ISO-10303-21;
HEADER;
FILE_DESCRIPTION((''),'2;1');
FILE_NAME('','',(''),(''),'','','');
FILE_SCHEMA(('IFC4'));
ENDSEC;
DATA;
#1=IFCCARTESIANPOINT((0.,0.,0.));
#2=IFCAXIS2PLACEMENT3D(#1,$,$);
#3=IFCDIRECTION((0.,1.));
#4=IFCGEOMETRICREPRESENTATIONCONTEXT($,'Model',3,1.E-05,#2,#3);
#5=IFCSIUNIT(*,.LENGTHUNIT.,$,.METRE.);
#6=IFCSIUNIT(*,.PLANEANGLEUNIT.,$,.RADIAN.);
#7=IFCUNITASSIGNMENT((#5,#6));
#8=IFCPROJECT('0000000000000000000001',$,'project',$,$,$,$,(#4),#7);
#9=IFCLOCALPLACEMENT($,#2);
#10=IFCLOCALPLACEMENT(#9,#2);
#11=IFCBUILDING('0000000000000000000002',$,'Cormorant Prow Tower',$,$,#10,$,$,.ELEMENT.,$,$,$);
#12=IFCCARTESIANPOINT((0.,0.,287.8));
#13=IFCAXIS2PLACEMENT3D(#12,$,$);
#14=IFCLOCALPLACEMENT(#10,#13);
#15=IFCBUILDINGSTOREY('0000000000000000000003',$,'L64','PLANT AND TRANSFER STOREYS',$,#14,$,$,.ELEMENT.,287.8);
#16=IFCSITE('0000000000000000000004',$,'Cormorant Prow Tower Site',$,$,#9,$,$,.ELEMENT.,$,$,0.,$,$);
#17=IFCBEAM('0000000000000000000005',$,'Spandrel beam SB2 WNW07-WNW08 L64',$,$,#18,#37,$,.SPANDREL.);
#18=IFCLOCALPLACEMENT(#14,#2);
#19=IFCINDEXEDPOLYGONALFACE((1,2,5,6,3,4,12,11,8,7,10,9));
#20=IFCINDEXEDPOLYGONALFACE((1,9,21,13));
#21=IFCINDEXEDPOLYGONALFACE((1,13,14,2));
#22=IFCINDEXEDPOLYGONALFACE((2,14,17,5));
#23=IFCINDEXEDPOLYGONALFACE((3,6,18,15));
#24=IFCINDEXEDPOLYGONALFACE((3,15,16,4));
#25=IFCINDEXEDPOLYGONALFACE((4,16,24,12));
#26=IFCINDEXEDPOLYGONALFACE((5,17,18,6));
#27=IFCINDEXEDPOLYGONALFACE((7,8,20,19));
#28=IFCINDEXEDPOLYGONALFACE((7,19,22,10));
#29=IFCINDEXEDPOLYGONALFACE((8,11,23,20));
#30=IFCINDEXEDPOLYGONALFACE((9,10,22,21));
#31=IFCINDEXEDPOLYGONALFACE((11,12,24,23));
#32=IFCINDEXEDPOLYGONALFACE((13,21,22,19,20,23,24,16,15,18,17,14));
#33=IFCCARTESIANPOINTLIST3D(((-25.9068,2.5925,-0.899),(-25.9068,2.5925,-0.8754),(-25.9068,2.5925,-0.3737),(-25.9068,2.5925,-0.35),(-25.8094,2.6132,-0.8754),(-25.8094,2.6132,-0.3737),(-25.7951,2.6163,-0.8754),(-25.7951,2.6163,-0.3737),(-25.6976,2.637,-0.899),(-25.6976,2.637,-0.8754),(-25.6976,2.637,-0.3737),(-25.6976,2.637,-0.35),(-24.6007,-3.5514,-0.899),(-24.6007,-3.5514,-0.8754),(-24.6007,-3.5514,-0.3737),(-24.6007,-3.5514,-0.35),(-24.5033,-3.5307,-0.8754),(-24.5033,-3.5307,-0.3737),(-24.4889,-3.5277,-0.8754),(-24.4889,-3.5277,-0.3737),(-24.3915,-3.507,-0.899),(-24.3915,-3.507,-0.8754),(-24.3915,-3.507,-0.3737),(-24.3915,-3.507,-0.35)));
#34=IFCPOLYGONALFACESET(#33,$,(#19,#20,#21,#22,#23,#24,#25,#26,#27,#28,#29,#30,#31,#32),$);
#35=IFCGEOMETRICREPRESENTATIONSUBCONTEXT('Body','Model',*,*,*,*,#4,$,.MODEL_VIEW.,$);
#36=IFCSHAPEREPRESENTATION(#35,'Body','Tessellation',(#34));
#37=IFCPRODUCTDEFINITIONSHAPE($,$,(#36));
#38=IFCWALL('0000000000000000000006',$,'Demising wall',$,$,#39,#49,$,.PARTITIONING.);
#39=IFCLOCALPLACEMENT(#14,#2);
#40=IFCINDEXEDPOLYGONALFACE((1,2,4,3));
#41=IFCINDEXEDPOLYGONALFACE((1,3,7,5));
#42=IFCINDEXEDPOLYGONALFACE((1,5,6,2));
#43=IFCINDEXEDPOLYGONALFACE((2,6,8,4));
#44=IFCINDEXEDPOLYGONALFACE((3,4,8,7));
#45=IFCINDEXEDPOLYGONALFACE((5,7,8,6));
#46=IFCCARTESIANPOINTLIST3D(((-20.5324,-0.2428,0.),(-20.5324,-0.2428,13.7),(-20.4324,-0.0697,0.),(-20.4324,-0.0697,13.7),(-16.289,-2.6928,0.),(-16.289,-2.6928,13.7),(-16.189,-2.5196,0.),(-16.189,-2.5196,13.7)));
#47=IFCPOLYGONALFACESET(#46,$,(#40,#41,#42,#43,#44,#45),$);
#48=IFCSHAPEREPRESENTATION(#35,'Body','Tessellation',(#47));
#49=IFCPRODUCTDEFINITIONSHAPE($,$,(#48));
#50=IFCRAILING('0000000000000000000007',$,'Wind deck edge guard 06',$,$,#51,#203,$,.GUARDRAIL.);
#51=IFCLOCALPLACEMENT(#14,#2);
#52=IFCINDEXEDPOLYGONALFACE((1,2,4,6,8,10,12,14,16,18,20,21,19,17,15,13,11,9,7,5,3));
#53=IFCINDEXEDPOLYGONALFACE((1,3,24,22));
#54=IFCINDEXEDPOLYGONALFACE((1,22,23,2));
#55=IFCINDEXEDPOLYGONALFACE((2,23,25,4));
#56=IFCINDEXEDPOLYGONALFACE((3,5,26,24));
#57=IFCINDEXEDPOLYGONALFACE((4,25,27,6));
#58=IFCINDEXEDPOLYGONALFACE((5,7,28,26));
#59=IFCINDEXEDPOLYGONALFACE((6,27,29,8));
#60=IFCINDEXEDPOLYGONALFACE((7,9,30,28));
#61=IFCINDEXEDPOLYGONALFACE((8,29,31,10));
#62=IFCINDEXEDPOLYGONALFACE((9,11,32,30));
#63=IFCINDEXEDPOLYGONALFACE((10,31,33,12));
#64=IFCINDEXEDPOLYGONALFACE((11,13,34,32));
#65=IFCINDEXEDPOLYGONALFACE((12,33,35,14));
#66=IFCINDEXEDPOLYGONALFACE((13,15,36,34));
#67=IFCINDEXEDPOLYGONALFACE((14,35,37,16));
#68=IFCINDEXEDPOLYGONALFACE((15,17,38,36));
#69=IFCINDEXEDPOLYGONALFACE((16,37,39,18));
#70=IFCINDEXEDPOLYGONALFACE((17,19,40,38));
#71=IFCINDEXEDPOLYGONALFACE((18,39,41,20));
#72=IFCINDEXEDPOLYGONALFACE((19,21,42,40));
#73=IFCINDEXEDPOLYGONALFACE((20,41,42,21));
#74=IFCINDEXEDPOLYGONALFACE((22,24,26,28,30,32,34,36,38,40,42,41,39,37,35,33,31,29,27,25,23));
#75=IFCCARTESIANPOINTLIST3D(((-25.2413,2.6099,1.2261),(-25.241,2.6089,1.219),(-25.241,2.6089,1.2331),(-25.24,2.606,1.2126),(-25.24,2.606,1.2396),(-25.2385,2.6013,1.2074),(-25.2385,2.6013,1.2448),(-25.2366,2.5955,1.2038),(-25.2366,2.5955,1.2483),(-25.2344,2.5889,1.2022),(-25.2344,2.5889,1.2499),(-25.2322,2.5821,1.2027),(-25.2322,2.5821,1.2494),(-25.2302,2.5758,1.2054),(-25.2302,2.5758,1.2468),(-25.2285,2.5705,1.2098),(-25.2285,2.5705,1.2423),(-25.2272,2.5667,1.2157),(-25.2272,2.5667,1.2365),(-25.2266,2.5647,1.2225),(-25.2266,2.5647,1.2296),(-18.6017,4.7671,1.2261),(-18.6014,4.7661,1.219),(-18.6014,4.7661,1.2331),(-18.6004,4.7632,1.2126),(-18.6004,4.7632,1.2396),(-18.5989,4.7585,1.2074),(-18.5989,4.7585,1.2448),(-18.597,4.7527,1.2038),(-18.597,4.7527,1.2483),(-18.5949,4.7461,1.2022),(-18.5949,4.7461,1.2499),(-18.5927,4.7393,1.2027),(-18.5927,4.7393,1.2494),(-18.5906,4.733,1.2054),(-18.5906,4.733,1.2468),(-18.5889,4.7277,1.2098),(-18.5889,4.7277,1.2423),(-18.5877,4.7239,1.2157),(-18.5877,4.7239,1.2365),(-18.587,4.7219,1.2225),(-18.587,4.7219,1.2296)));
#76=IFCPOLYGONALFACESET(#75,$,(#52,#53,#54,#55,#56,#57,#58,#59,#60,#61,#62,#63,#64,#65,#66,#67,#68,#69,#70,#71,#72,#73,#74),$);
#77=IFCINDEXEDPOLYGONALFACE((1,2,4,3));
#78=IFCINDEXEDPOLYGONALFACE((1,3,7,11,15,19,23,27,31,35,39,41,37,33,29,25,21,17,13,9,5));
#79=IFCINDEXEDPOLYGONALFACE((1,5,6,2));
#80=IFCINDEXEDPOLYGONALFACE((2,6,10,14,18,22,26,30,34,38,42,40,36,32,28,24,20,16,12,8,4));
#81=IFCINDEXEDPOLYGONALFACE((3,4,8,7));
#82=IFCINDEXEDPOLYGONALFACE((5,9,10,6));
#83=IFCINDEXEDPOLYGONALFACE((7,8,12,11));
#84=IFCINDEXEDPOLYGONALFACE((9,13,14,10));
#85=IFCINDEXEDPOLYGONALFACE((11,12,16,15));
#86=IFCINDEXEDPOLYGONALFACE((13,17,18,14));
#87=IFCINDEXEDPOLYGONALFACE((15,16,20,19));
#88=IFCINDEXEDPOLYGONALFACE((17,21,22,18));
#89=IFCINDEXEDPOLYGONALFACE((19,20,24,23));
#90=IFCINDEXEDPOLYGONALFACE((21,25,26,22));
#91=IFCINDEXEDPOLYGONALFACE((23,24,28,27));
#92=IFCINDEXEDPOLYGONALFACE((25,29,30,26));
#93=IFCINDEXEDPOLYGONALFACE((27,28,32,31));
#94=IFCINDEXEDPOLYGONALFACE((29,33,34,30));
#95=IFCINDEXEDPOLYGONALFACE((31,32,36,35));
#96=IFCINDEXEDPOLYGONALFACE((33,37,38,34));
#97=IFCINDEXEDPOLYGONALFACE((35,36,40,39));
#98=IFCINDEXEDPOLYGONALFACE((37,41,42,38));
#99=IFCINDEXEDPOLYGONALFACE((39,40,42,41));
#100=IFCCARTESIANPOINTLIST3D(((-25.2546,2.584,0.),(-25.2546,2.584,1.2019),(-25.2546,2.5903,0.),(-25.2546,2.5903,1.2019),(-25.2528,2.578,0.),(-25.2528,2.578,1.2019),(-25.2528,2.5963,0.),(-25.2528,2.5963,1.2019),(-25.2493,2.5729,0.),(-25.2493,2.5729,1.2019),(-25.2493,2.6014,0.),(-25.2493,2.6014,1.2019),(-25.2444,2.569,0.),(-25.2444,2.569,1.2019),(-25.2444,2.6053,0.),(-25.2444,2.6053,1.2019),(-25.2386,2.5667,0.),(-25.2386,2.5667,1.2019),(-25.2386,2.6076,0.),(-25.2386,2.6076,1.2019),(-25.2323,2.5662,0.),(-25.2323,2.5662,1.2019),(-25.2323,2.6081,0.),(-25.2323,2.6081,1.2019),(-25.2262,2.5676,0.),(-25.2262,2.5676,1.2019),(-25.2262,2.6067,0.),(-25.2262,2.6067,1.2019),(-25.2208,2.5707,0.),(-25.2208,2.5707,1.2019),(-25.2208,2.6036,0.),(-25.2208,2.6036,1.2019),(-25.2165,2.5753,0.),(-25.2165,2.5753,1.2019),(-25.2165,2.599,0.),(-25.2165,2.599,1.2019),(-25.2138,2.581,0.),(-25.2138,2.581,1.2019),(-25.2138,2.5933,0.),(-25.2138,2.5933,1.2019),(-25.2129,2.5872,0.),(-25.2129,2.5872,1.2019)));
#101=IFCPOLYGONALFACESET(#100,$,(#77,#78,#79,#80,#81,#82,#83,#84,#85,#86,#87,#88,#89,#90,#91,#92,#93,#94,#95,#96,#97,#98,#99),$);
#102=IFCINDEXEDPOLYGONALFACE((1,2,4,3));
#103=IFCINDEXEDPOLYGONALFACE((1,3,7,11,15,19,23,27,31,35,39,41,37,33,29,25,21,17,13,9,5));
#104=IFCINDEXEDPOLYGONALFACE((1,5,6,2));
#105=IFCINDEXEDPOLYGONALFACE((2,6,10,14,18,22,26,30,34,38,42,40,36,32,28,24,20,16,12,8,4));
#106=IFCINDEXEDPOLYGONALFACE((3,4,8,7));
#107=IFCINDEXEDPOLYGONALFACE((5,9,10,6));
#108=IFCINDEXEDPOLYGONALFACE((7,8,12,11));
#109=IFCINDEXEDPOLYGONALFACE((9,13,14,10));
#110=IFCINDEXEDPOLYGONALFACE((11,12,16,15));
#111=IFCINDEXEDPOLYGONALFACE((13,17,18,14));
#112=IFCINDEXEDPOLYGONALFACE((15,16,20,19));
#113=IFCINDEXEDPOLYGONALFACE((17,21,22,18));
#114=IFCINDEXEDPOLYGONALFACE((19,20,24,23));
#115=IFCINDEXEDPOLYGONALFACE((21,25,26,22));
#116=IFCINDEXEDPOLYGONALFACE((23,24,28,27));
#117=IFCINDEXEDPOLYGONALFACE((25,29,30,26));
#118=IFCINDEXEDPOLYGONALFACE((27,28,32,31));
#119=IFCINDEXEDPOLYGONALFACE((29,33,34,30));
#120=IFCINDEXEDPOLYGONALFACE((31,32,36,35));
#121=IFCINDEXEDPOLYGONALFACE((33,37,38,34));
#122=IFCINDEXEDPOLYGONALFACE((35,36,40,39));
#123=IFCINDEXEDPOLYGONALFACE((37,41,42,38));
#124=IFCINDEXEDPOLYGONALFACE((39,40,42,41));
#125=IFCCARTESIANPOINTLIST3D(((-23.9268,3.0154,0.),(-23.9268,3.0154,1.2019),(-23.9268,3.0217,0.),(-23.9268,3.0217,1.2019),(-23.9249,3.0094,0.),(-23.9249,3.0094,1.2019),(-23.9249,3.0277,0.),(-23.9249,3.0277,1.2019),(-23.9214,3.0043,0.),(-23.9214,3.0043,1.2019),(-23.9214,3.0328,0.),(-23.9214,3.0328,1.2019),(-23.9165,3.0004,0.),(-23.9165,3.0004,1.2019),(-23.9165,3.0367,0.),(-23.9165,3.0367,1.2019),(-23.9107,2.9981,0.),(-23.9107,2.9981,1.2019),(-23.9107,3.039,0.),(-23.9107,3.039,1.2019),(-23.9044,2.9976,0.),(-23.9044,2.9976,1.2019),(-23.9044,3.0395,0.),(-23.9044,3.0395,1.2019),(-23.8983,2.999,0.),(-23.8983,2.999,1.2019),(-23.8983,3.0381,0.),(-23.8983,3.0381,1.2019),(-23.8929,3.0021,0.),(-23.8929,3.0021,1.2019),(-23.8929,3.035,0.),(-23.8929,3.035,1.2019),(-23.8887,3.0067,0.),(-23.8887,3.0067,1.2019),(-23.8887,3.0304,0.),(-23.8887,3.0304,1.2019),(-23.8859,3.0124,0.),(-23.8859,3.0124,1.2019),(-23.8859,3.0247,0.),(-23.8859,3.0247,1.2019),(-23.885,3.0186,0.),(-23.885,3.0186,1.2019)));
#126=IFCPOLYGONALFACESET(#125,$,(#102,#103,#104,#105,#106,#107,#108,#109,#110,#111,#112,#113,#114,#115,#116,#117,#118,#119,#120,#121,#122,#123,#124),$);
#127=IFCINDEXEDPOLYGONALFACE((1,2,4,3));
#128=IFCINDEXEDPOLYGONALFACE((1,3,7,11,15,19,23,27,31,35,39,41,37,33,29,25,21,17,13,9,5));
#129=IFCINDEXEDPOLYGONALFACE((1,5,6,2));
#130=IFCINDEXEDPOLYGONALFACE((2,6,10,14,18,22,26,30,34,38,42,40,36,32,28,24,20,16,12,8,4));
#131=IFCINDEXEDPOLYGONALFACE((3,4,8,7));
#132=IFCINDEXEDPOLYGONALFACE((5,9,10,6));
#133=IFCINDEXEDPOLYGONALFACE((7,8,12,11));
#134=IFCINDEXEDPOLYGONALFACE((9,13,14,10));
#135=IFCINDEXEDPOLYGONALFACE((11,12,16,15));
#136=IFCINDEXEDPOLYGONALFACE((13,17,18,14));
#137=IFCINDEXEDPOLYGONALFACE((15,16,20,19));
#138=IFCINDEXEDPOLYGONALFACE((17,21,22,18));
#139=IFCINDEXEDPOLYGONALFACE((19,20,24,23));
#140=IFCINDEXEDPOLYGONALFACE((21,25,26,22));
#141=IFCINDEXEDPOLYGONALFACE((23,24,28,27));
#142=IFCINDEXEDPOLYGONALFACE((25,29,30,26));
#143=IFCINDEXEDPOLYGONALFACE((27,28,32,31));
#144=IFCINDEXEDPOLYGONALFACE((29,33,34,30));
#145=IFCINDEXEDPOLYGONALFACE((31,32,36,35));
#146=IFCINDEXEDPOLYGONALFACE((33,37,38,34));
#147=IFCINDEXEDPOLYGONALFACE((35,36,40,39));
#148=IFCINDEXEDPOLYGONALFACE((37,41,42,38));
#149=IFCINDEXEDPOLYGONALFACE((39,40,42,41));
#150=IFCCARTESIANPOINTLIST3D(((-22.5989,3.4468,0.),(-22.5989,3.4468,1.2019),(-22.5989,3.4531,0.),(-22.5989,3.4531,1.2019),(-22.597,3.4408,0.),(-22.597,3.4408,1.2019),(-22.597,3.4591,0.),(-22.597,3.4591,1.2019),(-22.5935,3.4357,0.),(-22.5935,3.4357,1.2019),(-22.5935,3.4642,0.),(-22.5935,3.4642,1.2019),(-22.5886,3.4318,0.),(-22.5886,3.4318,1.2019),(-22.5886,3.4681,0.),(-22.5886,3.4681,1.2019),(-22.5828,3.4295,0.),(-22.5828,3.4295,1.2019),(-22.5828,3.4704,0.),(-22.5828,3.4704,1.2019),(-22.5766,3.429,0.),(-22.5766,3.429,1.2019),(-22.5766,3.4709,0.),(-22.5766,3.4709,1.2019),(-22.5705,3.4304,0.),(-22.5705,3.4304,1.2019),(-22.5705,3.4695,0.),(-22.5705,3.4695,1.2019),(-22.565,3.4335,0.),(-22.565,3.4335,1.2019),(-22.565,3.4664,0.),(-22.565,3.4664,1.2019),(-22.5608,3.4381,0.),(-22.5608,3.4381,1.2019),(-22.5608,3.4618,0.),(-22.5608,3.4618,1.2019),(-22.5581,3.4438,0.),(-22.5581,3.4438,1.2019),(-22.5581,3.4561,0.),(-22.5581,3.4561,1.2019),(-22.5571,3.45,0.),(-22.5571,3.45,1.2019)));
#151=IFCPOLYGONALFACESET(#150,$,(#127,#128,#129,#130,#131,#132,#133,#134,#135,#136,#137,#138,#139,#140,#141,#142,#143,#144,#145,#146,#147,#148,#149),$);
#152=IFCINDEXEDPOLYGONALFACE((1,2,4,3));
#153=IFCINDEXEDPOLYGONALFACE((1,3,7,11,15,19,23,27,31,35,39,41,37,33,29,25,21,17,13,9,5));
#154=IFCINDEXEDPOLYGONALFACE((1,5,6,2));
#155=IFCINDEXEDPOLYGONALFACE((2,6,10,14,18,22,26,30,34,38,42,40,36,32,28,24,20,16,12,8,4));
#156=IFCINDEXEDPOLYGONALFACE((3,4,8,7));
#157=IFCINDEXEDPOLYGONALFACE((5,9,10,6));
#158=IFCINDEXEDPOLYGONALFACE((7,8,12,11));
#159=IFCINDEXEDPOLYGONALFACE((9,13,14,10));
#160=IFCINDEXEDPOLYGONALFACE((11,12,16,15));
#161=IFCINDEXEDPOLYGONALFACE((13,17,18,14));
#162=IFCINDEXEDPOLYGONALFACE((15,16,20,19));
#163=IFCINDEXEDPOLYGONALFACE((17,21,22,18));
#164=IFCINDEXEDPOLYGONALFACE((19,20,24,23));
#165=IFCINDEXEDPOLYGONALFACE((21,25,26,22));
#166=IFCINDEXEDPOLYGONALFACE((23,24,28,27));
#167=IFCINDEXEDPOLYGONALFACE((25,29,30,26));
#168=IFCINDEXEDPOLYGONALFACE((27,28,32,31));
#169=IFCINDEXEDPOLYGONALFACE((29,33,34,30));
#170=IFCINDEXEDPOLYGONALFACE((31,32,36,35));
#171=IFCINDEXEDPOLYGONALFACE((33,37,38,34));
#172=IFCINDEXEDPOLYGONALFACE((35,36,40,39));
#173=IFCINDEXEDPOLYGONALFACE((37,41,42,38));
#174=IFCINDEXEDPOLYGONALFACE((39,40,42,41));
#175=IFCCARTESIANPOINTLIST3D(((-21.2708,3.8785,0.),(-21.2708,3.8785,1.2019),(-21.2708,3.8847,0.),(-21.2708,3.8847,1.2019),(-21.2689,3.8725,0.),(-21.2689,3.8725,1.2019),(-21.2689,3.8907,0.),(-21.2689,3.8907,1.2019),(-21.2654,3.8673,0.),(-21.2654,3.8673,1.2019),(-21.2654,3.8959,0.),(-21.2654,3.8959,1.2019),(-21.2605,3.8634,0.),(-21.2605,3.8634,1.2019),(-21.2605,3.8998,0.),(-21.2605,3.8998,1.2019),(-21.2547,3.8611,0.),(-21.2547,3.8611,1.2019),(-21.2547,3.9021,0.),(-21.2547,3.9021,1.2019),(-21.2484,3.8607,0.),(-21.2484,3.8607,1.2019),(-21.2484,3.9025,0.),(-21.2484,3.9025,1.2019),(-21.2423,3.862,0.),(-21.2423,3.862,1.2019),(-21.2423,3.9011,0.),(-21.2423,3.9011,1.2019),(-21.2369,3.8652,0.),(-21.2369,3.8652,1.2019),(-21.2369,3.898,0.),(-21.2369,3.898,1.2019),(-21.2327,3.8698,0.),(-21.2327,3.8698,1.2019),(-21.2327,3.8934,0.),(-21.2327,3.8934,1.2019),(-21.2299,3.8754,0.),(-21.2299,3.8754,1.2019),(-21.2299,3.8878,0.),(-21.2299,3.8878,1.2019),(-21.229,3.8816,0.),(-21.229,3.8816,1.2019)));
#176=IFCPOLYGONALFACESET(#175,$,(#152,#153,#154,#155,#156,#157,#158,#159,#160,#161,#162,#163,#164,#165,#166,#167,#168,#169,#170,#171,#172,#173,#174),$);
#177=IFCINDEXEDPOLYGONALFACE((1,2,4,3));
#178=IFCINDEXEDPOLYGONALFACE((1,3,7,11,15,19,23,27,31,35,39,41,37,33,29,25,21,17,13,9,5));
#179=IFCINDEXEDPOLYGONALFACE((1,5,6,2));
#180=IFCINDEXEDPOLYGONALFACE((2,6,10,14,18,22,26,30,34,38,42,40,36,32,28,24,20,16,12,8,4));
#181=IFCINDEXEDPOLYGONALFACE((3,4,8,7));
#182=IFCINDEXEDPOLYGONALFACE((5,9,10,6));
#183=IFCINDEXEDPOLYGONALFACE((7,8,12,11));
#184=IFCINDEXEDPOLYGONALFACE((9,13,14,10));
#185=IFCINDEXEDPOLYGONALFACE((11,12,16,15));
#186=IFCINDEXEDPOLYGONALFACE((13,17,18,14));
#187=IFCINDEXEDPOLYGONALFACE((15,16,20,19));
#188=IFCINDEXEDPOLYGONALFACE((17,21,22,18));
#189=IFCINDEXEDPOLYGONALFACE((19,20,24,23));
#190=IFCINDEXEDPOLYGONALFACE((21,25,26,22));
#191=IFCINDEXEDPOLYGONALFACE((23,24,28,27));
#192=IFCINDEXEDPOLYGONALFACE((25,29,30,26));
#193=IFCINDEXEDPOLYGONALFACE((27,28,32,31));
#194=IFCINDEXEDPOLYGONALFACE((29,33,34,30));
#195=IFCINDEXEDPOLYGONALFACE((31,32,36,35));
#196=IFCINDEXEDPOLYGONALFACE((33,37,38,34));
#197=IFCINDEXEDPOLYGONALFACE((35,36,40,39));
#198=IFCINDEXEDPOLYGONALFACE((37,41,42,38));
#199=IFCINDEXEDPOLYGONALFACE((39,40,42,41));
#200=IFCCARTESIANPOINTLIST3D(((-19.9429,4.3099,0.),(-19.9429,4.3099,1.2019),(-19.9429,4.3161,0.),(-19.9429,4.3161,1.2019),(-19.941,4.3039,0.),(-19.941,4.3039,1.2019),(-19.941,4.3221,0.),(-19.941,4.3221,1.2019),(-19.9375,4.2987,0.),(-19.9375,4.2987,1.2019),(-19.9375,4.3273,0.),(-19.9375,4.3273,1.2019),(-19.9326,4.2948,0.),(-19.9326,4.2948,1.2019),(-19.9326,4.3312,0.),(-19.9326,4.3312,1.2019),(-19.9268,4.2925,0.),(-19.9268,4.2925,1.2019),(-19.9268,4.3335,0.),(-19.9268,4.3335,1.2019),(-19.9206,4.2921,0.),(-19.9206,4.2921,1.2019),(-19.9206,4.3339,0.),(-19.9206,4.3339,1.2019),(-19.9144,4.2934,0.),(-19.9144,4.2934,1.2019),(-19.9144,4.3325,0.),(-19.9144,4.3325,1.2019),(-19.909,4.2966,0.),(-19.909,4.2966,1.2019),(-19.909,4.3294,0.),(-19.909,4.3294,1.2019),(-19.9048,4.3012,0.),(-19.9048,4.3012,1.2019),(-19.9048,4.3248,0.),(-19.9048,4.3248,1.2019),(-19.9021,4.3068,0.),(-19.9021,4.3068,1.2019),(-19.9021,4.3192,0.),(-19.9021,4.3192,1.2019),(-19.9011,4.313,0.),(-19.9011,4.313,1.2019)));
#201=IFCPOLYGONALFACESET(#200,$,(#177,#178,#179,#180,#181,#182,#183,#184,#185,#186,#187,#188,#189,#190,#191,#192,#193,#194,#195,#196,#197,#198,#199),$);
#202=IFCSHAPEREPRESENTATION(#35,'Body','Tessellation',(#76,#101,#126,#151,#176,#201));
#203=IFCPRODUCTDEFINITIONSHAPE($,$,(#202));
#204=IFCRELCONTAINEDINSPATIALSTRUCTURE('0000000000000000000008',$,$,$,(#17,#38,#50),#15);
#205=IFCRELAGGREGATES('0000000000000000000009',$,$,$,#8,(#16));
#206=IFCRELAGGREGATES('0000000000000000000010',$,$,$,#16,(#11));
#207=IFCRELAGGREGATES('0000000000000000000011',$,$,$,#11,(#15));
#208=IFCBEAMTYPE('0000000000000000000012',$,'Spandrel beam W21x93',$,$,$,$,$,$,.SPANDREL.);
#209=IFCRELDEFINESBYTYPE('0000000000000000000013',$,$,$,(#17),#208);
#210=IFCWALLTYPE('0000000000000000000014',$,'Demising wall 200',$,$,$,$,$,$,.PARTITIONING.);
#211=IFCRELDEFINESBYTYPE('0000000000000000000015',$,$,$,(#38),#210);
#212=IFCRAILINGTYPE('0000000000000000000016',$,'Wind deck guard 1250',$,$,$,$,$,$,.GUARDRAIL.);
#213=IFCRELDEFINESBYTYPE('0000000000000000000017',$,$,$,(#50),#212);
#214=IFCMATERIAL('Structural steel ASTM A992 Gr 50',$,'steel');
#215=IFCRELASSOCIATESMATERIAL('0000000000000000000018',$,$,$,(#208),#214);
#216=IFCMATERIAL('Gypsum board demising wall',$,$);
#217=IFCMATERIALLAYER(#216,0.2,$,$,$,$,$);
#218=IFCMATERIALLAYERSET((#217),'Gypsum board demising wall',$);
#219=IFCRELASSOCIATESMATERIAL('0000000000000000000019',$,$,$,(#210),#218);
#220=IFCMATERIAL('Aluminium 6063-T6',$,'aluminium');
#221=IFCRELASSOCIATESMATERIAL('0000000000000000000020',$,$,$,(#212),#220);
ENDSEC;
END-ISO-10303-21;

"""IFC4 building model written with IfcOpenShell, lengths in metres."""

from ifc_helpers import new_model, si_unit, direction, frame, frame_2d, origin, origin_2d, place, context, subcontext, project, spatial, rectangle, circle, i_section, extrude, material, layer, layer_set, material_profile, profile_set, type_object, element, save


model = new_model("IFC4")

# Units and contexts
model_context = context("Model", 3, precision=1e-05, world=origin(), true_north=direction((0.0, 1.0)))
body_context = subcontext(model_context, "Body", "Model", "MODEL_VIEW")
ifc_project = project(units=[si_unit("LENGTHUNIT", "METRE"), si_unit("PLANEANGLEUNIT", "RADIAN")], contexts=[model_context])

# Site, building, storey
site_placement = place(None, origin())
site = spatial("IfcSite", under=ifc_project, at=site_placement, Name="Cormorant Prow Tower Site", CompositionType="ELEMENT", RefElevation=0.0)
building_placement = place(site_placement, origin())
building = spatial("IfcBuilding", under=site, at=building_placement, Name="Cormorant Prow Tower", CompositionType="ELEMENT")
storey_placement = place(building_placement, frame((0.0, 0.0, 287.8)))
storey = spatial("IfcBuildingStorey", under=building, at=storey_placement, Name="L64", Description="PLANT AND TRANSFER STOREYS", CompositionType="ELEMENT", Elevation=287.8)

# Beam
ifc_material_1 = material(Name="Structural steel ASTM A992 Gr 50", Category="steel")
ifc_material_profile_1 = material_profile(ifc_material_1, i_section(OverallWidth=0.2139, OverallDepth=0.5491, WebThickness=0.0146, FlangeThickness=0.0237, at=origin_2d()), Name="W21x93")
ifc_profile_set_1 = profile_set([ifc_material_profile_1], Name="Structural steel ASTM A992 Gr 50")
beam_type = type_object("IfcBeamType", Name="Spandrel beam W21x93", PredefinedType="SPANDREL", material=ifc_profile_set_1)
for number, where, z_axis, x_axis, name in (
    (1, (-25.8022, 2.6147, -0.6245), (0.207941, -0.978141, 0.0), (0.978141, 0.207941, 0.0), "Spandrel beam SB2 WNW07-WNW08 L64"),
):
    element("IfcBeam", number, at=place(storey_placement, frame(where, z_axis=z_axis, x_axis=x_axis)), inside=storey, type_object=beam_type, Name=name, PredefinedType="SPANDREL", context=body_context, shape_type="SweptSolid", body=[
        extrude(i_section(OverallWidth=0.2139, OverallDepth=0.5491, WebThickness=0.0146, FlangeThickness=0.0237, at=origin_2d()), origin(), (0.0, 0.0, 1.0), 6.2812),
    ])

# Wall
ifc_material_2 = material(Name="Gypsum board demising wall")
ifc_layer = layer(ifc_material_2, 0.2)
ifc_layer_set = layer_set([ifc_layer], Name="Gypsum board demising wall")
wall_type = type_object("IfcWallType", Name="Demising wall 200", PredefinedType="PARTITIONING", material=ifc_layer_set)
wall_placement = place(storey_placement, frame((-20.4824, -0.1562, 0.0), z_axis=(0.0, 0.0, 1.0), x_axis=(0.866024, -0.500003, 0.0)))
element("IfcWall", 2, at=wall_placement, inside=storey, type_object=wall_type, Name="Demising wall", PredefinedType="PARTITIONING", context=body_context, shape_type="SweptSolid", body=[
    extrude(rectangle(XDim=4.8999, YDim=0.2, at=frame_2d((2.45, 0.0))), origin(), (0.0, 0.0, 1.0), 13.7),
])

# Railing
ifc_material_3 = material(Name="Aluminium 6063-T6", Category="aluminium")
railing_type = type_object("IfcRailingType", Name="Wind deck guard 1250", PredefinedType="GUARDRAIL", material=ifc_material_3)
railing_1_placement = place(storey_placement, frame((-25.2339, 2.5872, 0.0)))
element("IfcRailing", 3, at=railing_1_placement, inside=storey, type_object=railing_type, Name="Wind deck edge guard 06", PredefinedType="GUARDRAIL", context=body_context, shape_type="SweptSolid", body=[
    extrude(circle(Radius=0.0239, at=origin_2d()), frame((0.0, 0.0, 1.2261), z_axis=(0.951062, 0.309001, 0.0), x_axis=(-0.309001, 0.951062, 0.0)), (0.0, 0.0, 1.0), 6.9812),
    extrude(circle(Radius=0.021, at=origin_2d()), origin(), (0.0, 0.0, 1.0), 1.2019),
    extrude(circle(Radius=0.021, at=origin_2d()), frame((1.3279, 0.4314, 0.0)), (0.0, 0.0, 1.0), 1.2019),
    extrude(circle(Radius=0.021, at=origin_2d()), frame((2.6558, 0.8628, 0.0)), (0.0, 0.0, 1.0), 1.2019),
    extrude(circle(Radius=0.021, at=origin_2d()), frame((3.9839, 1.2944, 0.0)), (0.0, 0.0, 1.0), 1.2019),
    extrude(circle(Radius=0.021, at=origin_2d()), frame((5.3118, 1.7258, 0.0)), (0.0, 0.0, 1.0), 1.2019),
])

save(model, "model.ifc")
